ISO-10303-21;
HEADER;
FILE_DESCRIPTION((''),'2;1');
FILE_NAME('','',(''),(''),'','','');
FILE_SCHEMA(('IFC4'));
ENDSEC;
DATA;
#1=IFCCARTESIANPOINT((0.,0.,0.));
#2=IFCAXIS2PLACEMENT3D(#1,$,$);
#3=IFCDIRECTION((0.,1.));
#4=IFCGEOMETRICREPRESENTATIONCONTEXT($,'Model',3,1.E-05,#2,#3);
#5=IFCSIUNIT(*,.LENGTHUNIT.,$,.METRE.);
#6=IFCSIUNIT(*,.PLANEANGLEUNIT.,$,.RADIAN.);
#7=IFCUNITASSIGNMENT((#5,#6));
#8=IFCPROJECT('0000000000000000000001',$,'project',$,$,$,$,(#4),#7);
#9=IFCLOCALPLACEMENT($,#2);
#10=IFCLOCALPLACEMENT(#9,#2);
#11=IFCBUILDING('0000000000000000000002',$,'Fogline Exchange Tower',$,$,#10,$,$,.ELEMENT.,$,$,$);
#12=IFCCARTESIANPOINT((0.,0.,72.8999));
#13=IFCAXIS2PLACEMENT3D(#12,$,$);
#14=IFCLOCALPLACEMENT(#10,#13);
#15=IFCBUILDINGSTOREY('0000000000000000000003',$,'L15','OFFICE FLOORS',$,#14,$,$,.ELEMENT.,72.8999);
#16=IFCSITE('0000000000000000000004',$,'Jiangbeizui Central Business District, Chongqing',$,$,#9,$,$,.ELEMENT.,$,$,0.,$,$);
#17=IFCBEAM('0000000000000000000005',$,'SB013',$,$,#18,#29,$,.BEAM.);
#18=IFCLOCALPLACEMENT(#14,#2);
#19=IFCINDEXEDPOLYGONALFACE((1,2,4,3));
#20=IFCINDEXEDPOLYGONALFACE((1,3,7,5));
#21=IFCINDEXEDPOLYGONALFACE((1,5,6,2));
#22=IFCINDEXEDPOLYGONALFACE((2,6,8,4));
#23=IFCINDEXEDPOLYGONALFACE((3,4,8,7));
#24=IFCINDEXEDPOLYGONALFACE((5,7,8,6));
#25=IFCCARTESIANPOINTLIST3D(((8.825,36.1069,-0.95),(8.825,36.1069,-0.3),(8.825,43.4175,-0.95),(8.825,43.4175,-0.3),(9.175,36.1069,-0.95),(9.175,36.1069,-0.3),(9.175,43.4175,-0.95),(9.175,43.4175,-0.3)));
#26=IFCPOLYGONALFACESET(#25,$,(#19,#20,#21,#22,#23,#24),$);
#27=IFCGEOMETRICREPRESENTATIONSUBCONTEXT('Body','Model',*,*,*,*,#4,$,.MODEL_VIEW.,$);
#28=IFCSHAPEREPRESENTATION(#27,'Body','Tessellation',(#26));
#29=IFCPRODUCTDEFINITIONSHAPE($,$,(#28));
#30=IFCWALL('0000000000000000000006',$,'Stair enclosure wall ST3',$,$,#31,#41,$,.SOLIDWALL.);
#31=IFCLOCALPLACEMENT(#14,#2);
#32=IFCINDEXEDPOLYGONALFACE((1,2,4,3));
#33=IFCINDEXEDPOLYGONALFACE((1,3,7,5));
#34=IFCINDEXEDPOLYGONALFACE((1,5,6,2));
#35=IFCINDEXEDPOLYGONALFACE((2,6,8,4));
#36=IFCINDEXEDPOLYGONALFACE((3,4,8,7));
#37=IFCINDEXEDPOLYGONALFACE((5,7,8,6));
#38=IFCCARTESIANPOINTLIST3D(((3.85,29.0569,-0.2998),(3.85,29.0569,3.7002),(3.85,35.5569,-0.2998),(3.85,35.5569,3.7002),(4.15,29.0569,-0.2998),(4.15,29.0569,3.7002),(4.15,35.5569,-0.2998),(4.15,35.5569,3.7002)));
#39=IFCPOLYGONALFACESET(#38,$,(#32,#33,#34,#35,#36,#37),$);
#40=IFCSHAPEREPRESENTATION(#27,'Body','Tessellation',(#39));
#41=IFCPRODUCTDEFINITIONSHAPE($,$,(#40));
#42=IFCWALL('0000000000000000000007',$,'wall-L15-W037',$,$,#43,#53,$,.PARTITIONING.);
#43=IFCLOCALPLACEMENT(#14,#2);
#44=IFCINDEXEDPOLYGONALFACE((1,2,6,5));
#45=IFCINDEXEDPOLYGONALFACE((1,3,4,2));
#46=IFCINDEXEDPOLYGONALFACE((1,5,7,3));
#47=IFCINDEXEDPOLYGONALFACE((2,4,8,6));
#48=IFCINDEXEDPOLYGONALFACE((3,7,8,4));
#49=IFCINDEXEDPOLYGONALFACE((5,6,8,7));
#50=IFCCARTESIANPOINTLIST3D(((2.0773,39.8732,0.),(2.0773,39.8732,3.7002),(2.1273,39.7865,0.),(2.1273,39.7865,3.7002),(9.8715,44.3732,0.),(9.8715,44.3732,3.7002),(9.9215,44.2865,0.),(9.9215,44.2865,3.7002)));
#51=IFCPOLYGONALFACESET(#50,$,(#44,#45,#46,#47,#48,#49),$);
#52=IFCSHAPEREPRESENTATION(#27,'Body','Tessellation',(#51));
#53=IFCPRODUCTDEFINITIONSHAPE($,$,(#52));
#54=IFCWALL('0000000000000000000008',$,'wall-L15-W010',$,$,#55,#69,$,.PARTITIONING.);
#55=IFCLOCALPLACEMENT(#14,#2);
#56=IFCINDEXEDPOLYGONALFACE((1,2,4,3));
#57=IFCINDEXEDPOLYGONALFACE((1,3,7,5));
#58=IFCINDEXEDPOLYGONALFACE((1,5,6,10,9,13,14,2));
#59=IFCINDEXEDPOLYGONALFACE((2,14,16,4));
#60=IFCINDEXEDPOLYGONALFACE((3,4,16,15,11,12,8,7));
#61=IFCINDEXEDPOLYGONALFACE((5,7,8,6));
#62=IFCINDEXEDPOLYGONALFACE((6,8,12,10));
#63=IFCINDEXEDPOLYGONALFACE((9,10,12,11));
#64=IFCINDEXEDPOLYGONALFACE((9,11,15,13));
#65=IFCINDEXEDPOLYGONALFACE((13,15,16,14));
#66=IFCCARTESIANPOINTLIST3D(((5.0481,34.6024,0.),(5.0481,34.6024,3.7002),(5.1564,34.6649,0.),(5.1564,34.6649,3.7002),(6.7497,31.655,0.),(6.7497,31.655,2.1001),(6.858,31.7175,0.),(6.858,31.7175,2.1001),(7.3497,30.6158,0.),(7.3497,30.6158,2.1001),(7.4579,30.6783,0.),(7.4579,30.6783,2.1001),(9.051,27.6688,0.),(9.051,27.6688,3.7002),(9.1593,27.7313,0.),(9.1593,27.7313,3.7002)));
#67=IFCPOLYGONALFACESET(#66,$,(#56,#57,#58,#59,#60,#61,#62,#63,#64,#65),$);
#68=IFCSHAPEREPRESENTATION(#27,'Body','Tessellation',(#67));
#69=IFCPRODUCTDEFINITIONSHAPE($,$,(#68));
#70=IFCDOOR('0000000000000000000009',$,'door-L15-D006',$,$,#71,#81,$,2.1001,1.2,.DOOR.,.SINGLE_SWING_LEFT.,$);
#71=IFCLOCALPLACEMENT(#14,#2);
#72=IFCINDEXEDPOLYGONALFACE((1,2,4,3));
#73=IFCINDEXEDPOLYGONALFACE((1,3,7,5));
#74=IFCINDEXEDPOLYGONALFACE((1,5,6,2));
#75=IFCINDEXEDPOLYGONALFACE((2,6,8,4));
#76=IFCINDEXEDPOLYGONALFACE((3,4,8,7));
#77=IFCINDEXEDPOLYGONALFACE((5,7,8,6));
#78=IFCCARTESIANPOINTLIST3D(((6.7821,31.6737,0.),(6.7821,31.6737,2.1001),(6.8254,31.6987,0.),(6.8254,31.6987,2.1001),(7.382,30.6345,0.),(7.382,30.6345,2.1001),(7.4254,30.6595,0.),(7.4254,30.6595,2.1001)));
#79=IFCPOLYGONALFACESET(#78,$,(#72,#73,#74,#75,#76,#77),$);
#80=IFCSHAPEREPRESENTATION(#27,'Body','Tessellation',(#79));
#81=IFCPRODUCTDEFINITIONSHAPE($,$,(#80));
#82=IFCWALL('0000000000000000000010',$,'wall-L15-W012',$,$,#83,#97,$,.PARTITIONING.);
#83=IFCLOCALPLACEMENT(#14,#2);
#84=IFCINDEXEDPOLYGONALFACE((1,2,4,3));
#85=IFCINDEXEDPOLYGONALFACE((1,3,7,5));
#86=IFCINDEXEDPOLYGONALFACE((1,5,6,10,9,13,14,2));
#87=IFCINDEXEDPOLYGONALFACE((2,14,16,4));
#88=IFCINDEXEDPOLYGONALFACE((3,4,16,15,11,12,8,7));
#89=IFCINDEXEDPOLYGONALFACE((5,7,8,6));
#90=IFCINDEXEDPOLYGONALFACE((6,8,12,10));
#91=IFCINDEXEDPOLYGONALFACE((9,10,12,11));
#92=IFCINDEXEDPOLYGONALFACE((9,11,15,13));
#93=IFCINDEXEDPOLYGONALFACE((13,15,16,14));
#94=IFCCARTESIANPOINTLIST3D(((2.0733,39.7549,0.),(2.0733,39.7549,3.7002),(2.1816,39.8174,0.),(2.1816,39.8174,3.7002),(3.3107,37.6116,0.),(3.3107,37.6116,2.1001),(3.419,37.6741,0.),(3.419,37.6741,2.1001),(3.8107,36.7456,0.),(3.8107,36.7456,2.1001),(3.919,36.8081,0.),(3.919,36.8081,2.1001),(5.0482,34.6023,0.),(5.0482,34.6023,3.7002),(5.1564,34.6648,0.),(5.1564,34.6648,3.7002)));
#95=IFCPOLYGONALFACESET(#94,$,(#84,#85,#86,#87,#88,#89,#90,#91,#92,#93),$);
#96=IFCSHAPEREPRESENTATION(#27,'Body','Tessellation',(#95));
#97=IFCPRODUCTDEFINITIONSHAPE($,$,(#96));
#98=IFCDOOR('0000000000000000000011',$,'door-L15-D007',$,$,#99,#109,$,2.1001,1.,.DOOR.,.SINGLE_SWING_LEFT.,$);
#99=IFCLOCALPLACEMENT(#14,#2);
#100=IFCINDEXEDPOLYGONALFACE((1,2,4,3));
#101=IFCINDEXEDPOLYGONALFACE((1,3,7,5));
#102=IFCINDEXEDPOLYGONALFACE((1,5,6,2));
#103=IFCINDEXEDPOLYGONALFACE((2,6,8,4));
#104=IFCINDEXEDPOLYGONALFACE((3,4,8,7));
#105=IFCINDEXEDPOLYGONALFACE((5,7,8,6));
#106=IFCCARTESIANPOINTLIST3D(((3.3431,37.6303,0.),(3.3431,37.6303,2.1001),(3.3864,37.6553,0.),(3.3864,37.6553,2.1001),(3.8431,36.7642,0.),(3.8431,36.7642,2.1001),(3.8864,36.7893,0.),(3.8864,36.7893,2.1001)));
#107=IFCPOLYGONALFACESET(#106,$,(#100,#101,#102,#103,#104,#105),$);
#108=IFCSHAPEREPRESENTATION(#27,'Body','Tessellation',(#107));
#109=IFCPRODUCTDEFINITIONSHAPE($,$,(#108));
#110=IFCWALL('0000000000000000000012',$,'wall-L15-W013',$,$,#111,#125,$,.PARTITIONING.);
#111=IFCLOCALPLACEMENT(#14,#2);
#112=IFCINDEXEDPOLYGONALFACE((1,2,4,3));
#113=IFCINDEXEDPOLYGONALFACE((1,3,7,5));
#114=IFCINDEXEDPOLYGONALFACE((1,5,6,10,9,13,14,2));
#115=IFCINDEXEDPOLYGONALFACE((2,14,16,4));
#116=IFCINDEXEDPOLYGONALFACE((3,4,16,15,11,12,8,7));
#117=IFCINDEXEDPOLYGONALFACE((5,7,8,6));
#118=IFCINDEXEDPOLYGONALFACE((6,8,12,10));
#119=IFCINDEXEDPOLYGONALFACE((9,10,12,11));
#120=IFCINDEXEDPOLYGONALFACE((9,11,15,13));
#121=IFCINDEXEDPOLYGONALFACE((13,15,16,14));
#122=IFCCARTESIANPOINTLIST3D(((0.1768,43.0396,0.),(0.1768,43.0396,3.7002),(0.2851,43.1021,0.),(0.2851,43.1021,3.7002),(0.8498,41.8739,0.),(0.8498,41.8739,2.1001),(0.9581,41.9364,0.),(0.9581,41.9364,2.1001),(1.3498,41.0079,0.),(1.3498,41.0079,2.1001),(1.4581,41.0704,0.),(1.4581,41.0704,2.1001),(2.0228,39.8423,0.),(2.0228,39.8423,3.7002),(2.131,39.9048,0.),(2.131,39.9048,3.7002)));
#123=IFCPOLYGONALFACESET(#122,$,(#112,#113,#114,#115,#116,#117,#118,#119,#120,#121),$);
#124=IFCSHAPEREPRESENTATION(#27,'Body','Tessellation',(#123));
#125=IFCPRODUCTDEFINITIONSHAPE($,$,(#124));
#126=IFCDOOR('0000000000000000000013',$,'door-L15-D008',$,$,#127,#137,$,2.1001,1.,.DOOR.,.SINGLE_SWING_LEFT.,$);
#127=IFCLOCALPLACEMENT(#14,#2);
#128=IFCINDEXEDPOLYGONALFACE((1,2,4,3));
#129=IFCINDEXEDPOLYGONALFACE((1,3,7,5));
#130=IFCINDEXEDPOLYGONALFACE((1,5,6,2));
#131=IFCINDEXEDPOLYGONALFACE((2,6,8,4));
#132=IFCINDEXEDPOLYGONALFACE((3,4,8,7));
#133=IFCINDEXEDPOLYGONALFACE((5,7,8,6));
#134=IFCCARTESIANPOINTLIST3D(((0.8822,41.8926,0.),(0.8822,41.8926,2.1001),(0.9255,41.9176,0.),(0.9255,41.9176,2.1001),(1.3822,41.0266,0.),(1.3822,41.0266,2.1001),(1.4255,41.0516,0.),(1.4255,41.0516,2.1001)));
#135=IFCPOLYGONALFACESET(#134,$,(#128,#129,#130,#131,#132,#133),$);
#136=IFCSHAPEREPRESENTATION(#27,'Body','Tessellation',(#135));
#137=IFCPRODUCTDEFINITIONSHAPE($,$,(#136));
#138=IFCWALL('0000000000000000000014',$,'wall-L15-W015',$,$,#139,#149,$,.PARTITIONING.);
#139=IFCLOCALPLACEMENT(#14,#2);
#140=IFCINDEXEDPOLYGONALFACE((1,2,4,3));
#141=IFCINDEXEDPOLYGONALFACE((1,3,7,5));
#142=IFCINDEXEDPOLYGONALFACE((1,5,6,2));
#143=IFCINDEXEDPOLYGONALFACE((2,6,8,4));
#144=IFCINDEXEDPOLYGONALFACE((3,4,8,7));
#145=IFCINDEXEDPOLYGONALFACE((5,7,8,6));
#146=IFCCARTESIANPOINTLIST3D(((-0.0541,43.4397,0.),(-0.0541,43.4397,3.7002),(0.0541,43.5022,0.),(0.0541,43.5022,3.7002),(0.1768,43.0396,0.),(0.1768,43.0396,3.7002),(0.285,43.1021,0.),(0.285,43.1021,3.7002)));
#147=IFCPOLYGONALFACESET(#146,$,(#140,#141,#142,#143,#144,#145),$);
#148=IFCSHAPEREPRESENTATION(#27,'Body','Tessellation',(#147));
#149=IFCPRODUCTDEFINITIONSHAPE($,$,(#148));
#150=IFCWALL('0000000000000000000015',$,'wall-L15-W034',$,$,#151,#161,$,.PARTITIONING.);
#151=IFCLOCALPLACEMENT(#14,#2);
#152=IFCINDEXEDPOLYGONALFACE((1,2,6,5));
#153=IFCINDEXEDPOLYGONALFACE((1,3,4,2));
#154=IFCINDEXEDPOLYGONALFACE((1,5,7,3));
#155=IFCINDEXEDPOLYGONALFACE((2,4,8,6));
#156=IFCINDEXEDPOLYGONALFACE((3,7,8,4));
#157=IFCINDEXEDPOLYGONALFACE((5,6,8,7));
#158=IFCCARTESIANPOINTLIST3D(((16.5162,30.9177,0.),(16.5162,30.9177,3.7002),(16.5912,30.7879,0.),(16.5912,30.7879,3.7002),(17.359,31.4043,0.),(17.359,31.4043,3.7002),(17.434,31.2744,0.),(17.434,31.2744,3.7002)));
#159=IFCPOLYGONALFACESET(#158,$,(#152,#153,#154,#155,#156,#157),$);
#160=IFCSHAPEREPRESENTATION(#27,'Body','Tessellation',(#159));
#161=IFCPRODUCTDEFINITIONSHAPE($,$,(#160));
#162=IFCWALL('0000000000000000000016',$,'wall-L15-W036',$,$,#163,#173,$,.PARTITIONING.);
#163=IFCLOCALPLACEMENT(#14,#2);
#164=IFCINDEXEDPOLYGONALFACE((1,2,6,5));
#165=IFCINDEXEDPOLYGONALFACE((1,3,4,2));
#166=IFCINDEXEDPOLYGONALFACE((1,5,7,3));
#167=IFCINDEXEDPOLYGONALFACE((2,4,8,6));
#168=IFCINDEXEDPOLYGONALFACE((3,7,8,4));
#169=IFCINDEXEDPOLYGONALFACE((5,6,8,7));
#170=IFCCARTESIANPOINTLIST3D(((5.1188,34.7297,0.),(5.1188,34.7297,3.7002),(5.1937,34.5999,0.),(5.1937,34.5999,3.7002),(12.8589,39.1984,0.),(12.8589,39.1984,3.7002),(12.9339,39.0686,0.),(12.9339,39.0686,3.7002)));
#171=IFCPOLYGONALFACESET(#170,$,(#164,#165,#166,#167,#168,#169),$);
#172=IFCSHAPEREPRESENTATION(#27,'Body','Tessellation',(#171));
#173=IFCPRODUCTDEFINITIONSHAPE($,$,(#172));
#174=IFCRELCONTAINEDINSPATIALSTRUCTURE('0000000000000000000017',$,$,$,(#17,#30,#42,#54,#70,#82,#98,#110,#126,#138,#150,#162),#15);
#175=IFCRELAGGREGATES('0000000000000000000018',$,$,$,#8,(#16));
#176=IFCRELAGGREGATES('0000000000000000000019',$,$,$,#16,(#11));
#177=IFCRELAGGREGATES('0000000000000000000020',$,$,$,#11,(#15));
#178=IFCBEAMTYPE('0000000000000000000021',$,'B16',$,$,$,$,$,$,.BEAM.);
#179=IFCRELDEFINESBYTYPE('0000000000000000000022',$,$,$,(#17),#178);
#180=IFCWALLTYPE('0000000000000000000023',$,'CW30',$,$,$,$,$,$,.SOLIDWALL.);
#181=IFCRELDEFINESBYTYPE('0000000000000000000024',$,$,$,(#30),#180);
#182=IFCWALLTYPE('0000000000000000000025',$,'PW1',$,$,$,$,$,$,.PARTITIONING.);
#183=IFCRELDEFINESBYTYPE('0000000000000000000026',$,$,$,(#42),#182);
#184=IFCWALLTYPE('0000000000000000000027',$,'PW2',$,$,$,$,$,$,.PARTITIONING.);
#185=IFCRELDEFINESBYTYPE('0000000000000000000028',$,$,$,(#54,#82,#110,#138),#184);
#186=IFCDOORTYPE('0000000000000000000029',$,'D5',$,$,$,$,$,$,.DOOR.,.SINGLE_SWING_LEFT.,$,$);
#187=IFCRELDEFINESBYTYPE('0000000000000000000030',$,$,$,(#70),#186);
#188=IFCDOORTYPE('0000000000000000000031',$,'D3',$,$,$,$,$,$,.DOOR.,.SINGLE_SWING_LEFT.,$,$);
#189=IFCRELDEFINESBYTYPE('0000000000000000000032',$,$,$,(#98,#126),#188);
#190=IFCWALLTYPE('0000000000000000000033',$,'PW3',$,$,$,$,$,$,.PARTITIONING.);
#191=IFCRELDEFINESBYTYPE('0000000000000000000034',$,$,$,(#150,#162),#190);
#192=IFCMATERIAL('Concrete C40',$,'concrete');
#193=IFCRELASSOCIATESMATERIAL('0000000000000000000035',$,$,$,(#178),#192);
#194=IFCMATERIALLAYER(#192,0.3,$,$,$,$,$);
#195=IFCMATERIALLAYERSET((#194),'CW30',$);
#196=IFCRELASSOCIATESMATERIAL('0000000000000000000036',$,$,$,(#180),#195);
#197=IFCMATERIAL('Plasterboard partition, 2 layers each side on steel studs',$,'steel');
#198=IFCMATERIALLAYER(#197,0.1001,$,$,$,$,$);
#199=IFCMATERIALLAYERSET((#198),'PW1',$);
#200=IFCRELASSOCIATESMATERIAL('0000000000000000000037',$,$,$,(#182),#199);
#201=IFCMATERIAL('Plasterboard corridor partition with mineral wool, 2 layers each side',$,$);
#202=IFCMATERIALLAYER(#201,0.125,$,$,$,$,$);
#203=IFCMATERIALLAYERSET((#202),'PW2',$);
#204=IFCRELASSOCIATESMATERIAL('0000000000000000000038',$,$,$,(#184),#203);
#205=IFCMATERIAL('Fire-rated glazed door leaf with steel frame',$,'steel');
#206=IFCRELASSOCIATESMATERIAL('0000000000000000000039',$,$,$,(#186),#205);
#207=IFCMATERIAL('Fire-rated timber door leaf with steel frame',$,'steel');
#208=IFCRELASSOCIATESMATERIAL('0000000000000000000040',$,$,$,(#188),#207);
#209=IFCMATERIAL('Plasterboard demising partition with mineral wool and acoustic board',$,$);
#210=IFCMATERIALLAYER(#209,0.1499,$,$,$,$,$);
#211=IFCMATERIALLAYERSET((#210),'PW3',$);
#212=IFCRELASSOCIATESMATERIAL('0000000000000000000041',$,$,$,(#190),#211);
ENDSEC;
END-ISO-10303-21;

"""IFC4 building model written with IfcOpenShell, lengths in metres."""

from ifc_helpers import new_model, si_unit, direction, frame, frame_2d, origin, origin_2d, place, context, subcontext, project, spatial, rectangle, extrude, material, layer, layer_set, material_profile, profile_set, type_object, element, fill, save


model = new_model("IFC4")

# Units and contexts
model_context = context("Model", 3, precision=1e-05, world=origin(), true_north=direction((0.0, 1.0)))
body_context = subcontext(model_context, "Body", "Model", "MODEL_VIEW")
ifc_project = project(units=[si_unit("LENGTHUNIT", "METRE"), si_unit("PLANEANGLEUNIT", "RADIAN")], contexts=[model_context])

# Site, building, storey
site_placement = place(None, origin())
site = spatial("IfcSite", under=ifc_project, at=site_placement, Name="Jiangbeizui Central Business District, Chongqing", CompositionType="ELEMENT", RefElevation=0.0)
building_placement = place(site_placement, origin())
building = spatial("IfcBuilding", under=site, at=building_placement, Name="Fogline Exchange Tower", CompositionType="ELEMENT")
storey_placement = place(building_placement, frame((0.0, 0.0, 72.8999)))
storey = spatial("IfcBuildingStorey", under=building, at=storey_placement, Name="L15", Description="OFFICE FLOORS", CompositionType="ELEMENT", Elevation=72.8999)

# Beam
ifc_material_1 = material(Name="Concrete C40", Category="concrete")
ifc_material_profile_1 = material_profile(ifc_material_1, rectangle(XDim=0.3501, YDim=0.6499, at=origin_2d()), Name="RC 350x650")
ifc_profile_set_1 = profile_set([ifc_material_profile_1], Name="Concrete C40")
beam_type_1 = type_object("IfcBeamType", Name="B16", PredefinedType="BEAM", material=ifc_profile_set_1)
beam_1_placement = place(storey_placement, frame((9.0, 36.1069, -0.625), z_axis=(0.0, 1.0, 0.0), x_axis=(-1.0, 0.0, 0.0)))
element("IfcBeam", 1, at=beam_1_placement, inside=storey, type_object=beam_type_1, Name="SB013", PredefinedType="BEAM", context=body_context, shape_type="SweptSolid", body=[
    extrude(rectangle(XDim=0.3501, YDim=0.6499, at=origin_2d()), origin(), (0.0, 0.0, 1.0), 7.3105),
])

# Wall
ifc_layer_1 = layer(ifc_material_1, 0.3)
ifc_layer_set_1 = layer_set([ifc_layer_1], Name="CW30")
wall_type_1 = type_object("IfcWallType", Name="CW30", PredefinedType="SOLIDWALL", material=ifc_layer_set_1)
wall_1_placement = place(storey_placement, frame((4.0, 29.0569, -0.2998), z_axis=(0.0, 0.0, 1.0), x_axis=(0.0, 1.0, 0.0)))
element("IfcWall", 2, at=wall_1_placement, inside=storey, type_object=wall_type_1, Name="Stair enclosure wall ST3", PredefinedType="SOLIDWALL", context=body_context, shape_type="SweptSolid", body=[
    extrude(rectangle(XDim=6.5, YDim=0.3, at=frame_2d((3.25, 0.0))), origin(), (0.0, 0.0, 1.0), 4.0),
])

# Wall
ifc_material_2 = material(Name="Plasterboard partition, 2 layers each side on steel studs", Category="steel")
ifc_layer_2 = layer(ifc_material_2, 0.1001)
ifc_layer_set_2 = layer_set([ifc_layer_2], Name="PW1")
wall_type_2 = type_object("IfcWallType", Name="PW1", PredefinedType="PARTITIONING", material=ifc_layer_set_2)
wall_2_placement = place(storey_placement, frame((2.1023, 39.8298, 0.0), z_axis=(0.0, 0.0, 1.0), x_axis=(0.866024, 0.500002, 0.0)))
element("IfcWall", 3, at=wall_2_placement, inside=storey, type_object=wall_type_2, Name="wall-L15-W037", PredefinedType="PARTITIONING", context=body_context, shape_type="SweptSolid", body=[
    extrude(rectangle(XDim=9.0, YDim=0.1001, at=frame_2d((4.5, 0.0))), origin(), (0.0, 0.0, 1.0), 3.7002),
])

# Walls, openings, doors
ifc_material_3 = material(Name="Plasterboard corridor partition with mineral wool, 2 layers each side")
ifc_layer_3 = layer(ifc_material_3, 0.125)
ifc_layer_set_3 = layer_set([ifc_layer_3], Name="PW2")
wall_type_3 = type_object("IfcWallType", Name="PW2", PredefinedType="PARTITIONING", material=ifc_layer_set_3)
wall_3_placement = place(storey_placement, frame((5.1023, 34.6335, 0.0), z_axis=(0.0, 0.0, 1.0), x_axis=(0.499983, -0.866035, 0.0)))
wall_3 = element("IfcWall", 4, at=wall_3_placement, inside=storey, type_object=wall_type_3, Name="wall-L15-W010", PredefinedType="PARTITIONING", context=body_context, shape_type="SweptSolid", body=[
    extrude(rectangle(XDim=8.0061, YDim=0.125, at=frame_2d((4.0029, 0.0))), origin(), (0.0, 0.0, 1.0), 3.7002),
])
opening_1_placement = place(wall_3_placement, frame((3.4031, 0.0, 0.0)))
opening_1 = element("IfcOpeningElement", 5, at=opening_1_placement, cuts=wall_3, PredefinedType="OPENING", context=body_context, shape_type="SweptSolid", body=[
    extrude(rectangle(XDim=1.2, YDim=2.1001, at=frame_2d((0.6001, 1.05))), frame((0.0, 0.0725, 0.0), z_axis=(0.0, -1.0, 0.0), x_axis=(1.0, 0.0, 0.0)), (0.0, 0.0, 1.0), 0.145),
])
ifc_material_4 = material(Name="Fire-rated glazed door leaf with steel frame", Category="steel")
door_type_1 = type_object("IfcDoorType", Name="D5", OperationType="SINGLE_SWING_LEFT", PredefinedType="DOOR", material=ifc_material_4)
door_1_placement = place(opening_1_placement, origin())
door_1 = element("IfcDoor", 6, at=door_1_placement, inside=storey, type_object=door_type_1, Name="door-L15-D006", OperationType="SINGLE_SWING_LEFT", OverallHeight=2.1001, OverallWidth=1.2, PredefinedType="DOOR", context=body_context, shape_type="SweptSolid", body=[
    extrude(rectangle(XDim=1.2, YDim=2.1001, at=frame_2d((0.6001, 1.05))), frame((0.0, 0.0249, 0.0), z_axis=(0.0, -1.0, 0.0), x_axis=(1.0, 0.0, 0.0)), (0.0, 0.0, 1.0), 0.05),
])
fill(opening_1, door_1)
wall_4_placement = place(storey_placement, frame((2.1274, 39.7861, 0.0), z_axis=(0.0, 0.0, 1.0), x_axis=(0.500001, -0.866025, 0.0)))
wall_4 = element("IfcWall", 7, at=wall_4_placement, inside=storey, type_object=wall_type_3, Name="wall-L15-W012", PredefinedType="PARTITIONING", context=body_context, shape_type="SweptSolid", body=[
    extrude(rectangle(XDim=5.9497, YDim=0.125, at=frame_2d((2.9749, 0.0))), origin(), (0.0, 0.0, 1.0), 3.7002),
])
opening_2_placement = place(wall_4_placement, frame((2.4749, 0.0, 0.0)))
opening_2 = element("IfcOpeningElement", 8, at=opening_2_placement, cuts=wall_4, PredefinedType="OPENING", context=body_context, shape_type="SweptSolid", body=[
    extrude(rectangle(XDim=1.0, YDim=2.1001, at=frame_2d((0.5, 1.05))), frame((0.0, 0.0725, 0.0), z_axis=(0.0, -1.0, 0.0), x_axis=(1.0, 0.0, 0.0)), (0.0, 0.0, 1.0), 0.145),
])
ifc_material_5 = material(Name="Fire-rated timber door leaf with steel frame", Category="steel")
door_type_2 = type_object("IfcDoorType", Name="D3", OperationType="SINGLE_SWING_LEFT", PredefinedType="DOOR", material=ifc_material_5)
door_2_placement = place(opening_2_placement, origin())
door_2 = element("IfcDoor", 9, at=door_2_placement, inside=storey, type_object=door_type_2, Name="door-L15-D007", OperationType="SINGLE_SWING_LEFT", OverallHeight=2.1001, OverallWidth=1.0, PredefinedType="DOOR", context=body_context, shape_type="SweptSolid", body=[
    extrude(rectangle(XDim=1.0, YDim=2.1001, at=frame_2d((0.5, 1.05))), frame((0.0, 0.0249, 0.0), z_axis=(0.0, -1.0, 0.0), x_axis=(1.0, 0.0, 0.0)), (0.0, 0.0, 1.0), 0.05),
])
fill(opening_2, door_2)
wall_5_placement = place(storey_placement, frame((0.231, 43.0708, 0.0), z_axis=(0.0, 0.0, 1.0), x_axis=(0.500001, -0.866025, 0.0)))
wall_5 = element("IfcWall", 10, at=wall_5_placement, inside=storey, type_object=wall_type_3, Name="wall-L15-W013", PredefinedType="PARTITIONING", context=body_context, shape_type="SweptSolid", body=[
    extrude(rectangle(XDim=3.6919, YDim=0.125, at=frame_2d((1.8459, 0.0))), origin(), (0.0, 0.0, 1.0), 3.7002),
])
opening_3_placement = place(wall_5_placement, frame((1.3459, 0.0, 0.0)))
opening_3 = element("IfcOpeningElement", 11, at=opening_3_placement, cuts=wall_5, PredefinedType="OPENING", context=body_context, shape_type="SweptSolid", body=[
    extrude(rectangle(XDim=1.0, YDim=2.1001, at=frame_2d((0.5, 1.05))), frame((0.0, 0.0725, 0.0), z_axis=(0.0, -1.0, 0.0), x_axis=(1.0, 0.0, 0.0)), (0.0, 0.0, 1.0), 0.145),
])
door_3_placement = place(opening_3_placement, origin())
door_3 = element("IfcDoor", 12, at=door_3_placement, inside=storey, type_object=door_type_2, Name="door-L15-D008", OperationType="SINGLE_SWING_LEFT", OverallHeight=2.1001, OverallWidth=1.0, PredefinedType="DOOR", context=body_context, shape_type="SweptSolid", body=[
    extrude(rectangle(XDim=1.0, YDim=2.1001, at=frame_2d((0.5, 1.05))), frame((0.0, 0.0249, 0.0), z_axis=(0.0, -1.0, 0.0), x_axis=(1.0, 0.0, 0.0)), (0.0, 0.0, 1.0), 0.05),
])
fill(opening_3, door_3)

# Walls
wall_6_placement = place(storey_placement, frame((0.0, 43.4709, 0.0), z_axis=(0.0, 0.0, 1.0), x_axis=(0.49989, -0.866089, 0.0)))
element("IfcWall", 13, at=wall_6_placement, inside=storey, type_object=wall_type_3, Name="wall-L15-W015", PredefinedType="PARTITIONING", context=body_context, shape_type="SweptSolid", body=[
    extrude(rectangle(XDim=0.4619, YDim=0.125, at=frame_2d((0.231, 0.0))), origin(), (0.0, 0.0, 1.0), 3.7002),
])
ifc_material_6 = material(Name="Plasterboard demising partition with mineral wool and acoustic board")
ifc_layer_4 = layer(ifc_material_6, 0.1499)
ifc_layer_set_4 = layer_set([ifc_layer_4], Name="PW3")
wall_type_4 = type_object("IfcWallType", Name="PW3", PredefinedType="PARTITIONING", material=ifc_layer_set_4)
wall_7_placement = place(storey_placement, frame((16.5537, 30.8528, 0.0), z_axis=(0.0, 0.0, 1.0), x_axis=(0.866027, 0.499998, 0.0)))
element("IfcWall", 14, at=wall_7_placement, inside=storey, type_object=wall_type_4, Name="wall-L15-W034", PredefinedType="PARTITIONING", context=body_context, shape_type="SweptSolid", body=[
    extrude(rectangle(XDim=0.9731, YDim=0.1499, at=frame_2d((0.4866, 0.0))), origin(), (0.0, 0.0, 1.0), 3.7002),
])
wall_8_placement = place(storey_placement, frame((5.1562, 34.6648, 0.0), z_axis=(0.0, 0.0, 1.0), x_axis=(0.866029, 0.499994, 0.0)))
element("IfcWall", 15, at=wall_8_placement, inside=storey, type_object=wall_type_4, Name="wall-L15-W036", PredefinedType="PARTITIONING", context=body_context, shape_type="SweptSolid", body=[
    extrude(rectangle(XDim=8.9375, YDim=0.1499, at=frame_2d((4.4688, 0.0))), origin(), (0.0, 0.0, 1.0), 3.7002),
])

save(model, "model.ifc")
